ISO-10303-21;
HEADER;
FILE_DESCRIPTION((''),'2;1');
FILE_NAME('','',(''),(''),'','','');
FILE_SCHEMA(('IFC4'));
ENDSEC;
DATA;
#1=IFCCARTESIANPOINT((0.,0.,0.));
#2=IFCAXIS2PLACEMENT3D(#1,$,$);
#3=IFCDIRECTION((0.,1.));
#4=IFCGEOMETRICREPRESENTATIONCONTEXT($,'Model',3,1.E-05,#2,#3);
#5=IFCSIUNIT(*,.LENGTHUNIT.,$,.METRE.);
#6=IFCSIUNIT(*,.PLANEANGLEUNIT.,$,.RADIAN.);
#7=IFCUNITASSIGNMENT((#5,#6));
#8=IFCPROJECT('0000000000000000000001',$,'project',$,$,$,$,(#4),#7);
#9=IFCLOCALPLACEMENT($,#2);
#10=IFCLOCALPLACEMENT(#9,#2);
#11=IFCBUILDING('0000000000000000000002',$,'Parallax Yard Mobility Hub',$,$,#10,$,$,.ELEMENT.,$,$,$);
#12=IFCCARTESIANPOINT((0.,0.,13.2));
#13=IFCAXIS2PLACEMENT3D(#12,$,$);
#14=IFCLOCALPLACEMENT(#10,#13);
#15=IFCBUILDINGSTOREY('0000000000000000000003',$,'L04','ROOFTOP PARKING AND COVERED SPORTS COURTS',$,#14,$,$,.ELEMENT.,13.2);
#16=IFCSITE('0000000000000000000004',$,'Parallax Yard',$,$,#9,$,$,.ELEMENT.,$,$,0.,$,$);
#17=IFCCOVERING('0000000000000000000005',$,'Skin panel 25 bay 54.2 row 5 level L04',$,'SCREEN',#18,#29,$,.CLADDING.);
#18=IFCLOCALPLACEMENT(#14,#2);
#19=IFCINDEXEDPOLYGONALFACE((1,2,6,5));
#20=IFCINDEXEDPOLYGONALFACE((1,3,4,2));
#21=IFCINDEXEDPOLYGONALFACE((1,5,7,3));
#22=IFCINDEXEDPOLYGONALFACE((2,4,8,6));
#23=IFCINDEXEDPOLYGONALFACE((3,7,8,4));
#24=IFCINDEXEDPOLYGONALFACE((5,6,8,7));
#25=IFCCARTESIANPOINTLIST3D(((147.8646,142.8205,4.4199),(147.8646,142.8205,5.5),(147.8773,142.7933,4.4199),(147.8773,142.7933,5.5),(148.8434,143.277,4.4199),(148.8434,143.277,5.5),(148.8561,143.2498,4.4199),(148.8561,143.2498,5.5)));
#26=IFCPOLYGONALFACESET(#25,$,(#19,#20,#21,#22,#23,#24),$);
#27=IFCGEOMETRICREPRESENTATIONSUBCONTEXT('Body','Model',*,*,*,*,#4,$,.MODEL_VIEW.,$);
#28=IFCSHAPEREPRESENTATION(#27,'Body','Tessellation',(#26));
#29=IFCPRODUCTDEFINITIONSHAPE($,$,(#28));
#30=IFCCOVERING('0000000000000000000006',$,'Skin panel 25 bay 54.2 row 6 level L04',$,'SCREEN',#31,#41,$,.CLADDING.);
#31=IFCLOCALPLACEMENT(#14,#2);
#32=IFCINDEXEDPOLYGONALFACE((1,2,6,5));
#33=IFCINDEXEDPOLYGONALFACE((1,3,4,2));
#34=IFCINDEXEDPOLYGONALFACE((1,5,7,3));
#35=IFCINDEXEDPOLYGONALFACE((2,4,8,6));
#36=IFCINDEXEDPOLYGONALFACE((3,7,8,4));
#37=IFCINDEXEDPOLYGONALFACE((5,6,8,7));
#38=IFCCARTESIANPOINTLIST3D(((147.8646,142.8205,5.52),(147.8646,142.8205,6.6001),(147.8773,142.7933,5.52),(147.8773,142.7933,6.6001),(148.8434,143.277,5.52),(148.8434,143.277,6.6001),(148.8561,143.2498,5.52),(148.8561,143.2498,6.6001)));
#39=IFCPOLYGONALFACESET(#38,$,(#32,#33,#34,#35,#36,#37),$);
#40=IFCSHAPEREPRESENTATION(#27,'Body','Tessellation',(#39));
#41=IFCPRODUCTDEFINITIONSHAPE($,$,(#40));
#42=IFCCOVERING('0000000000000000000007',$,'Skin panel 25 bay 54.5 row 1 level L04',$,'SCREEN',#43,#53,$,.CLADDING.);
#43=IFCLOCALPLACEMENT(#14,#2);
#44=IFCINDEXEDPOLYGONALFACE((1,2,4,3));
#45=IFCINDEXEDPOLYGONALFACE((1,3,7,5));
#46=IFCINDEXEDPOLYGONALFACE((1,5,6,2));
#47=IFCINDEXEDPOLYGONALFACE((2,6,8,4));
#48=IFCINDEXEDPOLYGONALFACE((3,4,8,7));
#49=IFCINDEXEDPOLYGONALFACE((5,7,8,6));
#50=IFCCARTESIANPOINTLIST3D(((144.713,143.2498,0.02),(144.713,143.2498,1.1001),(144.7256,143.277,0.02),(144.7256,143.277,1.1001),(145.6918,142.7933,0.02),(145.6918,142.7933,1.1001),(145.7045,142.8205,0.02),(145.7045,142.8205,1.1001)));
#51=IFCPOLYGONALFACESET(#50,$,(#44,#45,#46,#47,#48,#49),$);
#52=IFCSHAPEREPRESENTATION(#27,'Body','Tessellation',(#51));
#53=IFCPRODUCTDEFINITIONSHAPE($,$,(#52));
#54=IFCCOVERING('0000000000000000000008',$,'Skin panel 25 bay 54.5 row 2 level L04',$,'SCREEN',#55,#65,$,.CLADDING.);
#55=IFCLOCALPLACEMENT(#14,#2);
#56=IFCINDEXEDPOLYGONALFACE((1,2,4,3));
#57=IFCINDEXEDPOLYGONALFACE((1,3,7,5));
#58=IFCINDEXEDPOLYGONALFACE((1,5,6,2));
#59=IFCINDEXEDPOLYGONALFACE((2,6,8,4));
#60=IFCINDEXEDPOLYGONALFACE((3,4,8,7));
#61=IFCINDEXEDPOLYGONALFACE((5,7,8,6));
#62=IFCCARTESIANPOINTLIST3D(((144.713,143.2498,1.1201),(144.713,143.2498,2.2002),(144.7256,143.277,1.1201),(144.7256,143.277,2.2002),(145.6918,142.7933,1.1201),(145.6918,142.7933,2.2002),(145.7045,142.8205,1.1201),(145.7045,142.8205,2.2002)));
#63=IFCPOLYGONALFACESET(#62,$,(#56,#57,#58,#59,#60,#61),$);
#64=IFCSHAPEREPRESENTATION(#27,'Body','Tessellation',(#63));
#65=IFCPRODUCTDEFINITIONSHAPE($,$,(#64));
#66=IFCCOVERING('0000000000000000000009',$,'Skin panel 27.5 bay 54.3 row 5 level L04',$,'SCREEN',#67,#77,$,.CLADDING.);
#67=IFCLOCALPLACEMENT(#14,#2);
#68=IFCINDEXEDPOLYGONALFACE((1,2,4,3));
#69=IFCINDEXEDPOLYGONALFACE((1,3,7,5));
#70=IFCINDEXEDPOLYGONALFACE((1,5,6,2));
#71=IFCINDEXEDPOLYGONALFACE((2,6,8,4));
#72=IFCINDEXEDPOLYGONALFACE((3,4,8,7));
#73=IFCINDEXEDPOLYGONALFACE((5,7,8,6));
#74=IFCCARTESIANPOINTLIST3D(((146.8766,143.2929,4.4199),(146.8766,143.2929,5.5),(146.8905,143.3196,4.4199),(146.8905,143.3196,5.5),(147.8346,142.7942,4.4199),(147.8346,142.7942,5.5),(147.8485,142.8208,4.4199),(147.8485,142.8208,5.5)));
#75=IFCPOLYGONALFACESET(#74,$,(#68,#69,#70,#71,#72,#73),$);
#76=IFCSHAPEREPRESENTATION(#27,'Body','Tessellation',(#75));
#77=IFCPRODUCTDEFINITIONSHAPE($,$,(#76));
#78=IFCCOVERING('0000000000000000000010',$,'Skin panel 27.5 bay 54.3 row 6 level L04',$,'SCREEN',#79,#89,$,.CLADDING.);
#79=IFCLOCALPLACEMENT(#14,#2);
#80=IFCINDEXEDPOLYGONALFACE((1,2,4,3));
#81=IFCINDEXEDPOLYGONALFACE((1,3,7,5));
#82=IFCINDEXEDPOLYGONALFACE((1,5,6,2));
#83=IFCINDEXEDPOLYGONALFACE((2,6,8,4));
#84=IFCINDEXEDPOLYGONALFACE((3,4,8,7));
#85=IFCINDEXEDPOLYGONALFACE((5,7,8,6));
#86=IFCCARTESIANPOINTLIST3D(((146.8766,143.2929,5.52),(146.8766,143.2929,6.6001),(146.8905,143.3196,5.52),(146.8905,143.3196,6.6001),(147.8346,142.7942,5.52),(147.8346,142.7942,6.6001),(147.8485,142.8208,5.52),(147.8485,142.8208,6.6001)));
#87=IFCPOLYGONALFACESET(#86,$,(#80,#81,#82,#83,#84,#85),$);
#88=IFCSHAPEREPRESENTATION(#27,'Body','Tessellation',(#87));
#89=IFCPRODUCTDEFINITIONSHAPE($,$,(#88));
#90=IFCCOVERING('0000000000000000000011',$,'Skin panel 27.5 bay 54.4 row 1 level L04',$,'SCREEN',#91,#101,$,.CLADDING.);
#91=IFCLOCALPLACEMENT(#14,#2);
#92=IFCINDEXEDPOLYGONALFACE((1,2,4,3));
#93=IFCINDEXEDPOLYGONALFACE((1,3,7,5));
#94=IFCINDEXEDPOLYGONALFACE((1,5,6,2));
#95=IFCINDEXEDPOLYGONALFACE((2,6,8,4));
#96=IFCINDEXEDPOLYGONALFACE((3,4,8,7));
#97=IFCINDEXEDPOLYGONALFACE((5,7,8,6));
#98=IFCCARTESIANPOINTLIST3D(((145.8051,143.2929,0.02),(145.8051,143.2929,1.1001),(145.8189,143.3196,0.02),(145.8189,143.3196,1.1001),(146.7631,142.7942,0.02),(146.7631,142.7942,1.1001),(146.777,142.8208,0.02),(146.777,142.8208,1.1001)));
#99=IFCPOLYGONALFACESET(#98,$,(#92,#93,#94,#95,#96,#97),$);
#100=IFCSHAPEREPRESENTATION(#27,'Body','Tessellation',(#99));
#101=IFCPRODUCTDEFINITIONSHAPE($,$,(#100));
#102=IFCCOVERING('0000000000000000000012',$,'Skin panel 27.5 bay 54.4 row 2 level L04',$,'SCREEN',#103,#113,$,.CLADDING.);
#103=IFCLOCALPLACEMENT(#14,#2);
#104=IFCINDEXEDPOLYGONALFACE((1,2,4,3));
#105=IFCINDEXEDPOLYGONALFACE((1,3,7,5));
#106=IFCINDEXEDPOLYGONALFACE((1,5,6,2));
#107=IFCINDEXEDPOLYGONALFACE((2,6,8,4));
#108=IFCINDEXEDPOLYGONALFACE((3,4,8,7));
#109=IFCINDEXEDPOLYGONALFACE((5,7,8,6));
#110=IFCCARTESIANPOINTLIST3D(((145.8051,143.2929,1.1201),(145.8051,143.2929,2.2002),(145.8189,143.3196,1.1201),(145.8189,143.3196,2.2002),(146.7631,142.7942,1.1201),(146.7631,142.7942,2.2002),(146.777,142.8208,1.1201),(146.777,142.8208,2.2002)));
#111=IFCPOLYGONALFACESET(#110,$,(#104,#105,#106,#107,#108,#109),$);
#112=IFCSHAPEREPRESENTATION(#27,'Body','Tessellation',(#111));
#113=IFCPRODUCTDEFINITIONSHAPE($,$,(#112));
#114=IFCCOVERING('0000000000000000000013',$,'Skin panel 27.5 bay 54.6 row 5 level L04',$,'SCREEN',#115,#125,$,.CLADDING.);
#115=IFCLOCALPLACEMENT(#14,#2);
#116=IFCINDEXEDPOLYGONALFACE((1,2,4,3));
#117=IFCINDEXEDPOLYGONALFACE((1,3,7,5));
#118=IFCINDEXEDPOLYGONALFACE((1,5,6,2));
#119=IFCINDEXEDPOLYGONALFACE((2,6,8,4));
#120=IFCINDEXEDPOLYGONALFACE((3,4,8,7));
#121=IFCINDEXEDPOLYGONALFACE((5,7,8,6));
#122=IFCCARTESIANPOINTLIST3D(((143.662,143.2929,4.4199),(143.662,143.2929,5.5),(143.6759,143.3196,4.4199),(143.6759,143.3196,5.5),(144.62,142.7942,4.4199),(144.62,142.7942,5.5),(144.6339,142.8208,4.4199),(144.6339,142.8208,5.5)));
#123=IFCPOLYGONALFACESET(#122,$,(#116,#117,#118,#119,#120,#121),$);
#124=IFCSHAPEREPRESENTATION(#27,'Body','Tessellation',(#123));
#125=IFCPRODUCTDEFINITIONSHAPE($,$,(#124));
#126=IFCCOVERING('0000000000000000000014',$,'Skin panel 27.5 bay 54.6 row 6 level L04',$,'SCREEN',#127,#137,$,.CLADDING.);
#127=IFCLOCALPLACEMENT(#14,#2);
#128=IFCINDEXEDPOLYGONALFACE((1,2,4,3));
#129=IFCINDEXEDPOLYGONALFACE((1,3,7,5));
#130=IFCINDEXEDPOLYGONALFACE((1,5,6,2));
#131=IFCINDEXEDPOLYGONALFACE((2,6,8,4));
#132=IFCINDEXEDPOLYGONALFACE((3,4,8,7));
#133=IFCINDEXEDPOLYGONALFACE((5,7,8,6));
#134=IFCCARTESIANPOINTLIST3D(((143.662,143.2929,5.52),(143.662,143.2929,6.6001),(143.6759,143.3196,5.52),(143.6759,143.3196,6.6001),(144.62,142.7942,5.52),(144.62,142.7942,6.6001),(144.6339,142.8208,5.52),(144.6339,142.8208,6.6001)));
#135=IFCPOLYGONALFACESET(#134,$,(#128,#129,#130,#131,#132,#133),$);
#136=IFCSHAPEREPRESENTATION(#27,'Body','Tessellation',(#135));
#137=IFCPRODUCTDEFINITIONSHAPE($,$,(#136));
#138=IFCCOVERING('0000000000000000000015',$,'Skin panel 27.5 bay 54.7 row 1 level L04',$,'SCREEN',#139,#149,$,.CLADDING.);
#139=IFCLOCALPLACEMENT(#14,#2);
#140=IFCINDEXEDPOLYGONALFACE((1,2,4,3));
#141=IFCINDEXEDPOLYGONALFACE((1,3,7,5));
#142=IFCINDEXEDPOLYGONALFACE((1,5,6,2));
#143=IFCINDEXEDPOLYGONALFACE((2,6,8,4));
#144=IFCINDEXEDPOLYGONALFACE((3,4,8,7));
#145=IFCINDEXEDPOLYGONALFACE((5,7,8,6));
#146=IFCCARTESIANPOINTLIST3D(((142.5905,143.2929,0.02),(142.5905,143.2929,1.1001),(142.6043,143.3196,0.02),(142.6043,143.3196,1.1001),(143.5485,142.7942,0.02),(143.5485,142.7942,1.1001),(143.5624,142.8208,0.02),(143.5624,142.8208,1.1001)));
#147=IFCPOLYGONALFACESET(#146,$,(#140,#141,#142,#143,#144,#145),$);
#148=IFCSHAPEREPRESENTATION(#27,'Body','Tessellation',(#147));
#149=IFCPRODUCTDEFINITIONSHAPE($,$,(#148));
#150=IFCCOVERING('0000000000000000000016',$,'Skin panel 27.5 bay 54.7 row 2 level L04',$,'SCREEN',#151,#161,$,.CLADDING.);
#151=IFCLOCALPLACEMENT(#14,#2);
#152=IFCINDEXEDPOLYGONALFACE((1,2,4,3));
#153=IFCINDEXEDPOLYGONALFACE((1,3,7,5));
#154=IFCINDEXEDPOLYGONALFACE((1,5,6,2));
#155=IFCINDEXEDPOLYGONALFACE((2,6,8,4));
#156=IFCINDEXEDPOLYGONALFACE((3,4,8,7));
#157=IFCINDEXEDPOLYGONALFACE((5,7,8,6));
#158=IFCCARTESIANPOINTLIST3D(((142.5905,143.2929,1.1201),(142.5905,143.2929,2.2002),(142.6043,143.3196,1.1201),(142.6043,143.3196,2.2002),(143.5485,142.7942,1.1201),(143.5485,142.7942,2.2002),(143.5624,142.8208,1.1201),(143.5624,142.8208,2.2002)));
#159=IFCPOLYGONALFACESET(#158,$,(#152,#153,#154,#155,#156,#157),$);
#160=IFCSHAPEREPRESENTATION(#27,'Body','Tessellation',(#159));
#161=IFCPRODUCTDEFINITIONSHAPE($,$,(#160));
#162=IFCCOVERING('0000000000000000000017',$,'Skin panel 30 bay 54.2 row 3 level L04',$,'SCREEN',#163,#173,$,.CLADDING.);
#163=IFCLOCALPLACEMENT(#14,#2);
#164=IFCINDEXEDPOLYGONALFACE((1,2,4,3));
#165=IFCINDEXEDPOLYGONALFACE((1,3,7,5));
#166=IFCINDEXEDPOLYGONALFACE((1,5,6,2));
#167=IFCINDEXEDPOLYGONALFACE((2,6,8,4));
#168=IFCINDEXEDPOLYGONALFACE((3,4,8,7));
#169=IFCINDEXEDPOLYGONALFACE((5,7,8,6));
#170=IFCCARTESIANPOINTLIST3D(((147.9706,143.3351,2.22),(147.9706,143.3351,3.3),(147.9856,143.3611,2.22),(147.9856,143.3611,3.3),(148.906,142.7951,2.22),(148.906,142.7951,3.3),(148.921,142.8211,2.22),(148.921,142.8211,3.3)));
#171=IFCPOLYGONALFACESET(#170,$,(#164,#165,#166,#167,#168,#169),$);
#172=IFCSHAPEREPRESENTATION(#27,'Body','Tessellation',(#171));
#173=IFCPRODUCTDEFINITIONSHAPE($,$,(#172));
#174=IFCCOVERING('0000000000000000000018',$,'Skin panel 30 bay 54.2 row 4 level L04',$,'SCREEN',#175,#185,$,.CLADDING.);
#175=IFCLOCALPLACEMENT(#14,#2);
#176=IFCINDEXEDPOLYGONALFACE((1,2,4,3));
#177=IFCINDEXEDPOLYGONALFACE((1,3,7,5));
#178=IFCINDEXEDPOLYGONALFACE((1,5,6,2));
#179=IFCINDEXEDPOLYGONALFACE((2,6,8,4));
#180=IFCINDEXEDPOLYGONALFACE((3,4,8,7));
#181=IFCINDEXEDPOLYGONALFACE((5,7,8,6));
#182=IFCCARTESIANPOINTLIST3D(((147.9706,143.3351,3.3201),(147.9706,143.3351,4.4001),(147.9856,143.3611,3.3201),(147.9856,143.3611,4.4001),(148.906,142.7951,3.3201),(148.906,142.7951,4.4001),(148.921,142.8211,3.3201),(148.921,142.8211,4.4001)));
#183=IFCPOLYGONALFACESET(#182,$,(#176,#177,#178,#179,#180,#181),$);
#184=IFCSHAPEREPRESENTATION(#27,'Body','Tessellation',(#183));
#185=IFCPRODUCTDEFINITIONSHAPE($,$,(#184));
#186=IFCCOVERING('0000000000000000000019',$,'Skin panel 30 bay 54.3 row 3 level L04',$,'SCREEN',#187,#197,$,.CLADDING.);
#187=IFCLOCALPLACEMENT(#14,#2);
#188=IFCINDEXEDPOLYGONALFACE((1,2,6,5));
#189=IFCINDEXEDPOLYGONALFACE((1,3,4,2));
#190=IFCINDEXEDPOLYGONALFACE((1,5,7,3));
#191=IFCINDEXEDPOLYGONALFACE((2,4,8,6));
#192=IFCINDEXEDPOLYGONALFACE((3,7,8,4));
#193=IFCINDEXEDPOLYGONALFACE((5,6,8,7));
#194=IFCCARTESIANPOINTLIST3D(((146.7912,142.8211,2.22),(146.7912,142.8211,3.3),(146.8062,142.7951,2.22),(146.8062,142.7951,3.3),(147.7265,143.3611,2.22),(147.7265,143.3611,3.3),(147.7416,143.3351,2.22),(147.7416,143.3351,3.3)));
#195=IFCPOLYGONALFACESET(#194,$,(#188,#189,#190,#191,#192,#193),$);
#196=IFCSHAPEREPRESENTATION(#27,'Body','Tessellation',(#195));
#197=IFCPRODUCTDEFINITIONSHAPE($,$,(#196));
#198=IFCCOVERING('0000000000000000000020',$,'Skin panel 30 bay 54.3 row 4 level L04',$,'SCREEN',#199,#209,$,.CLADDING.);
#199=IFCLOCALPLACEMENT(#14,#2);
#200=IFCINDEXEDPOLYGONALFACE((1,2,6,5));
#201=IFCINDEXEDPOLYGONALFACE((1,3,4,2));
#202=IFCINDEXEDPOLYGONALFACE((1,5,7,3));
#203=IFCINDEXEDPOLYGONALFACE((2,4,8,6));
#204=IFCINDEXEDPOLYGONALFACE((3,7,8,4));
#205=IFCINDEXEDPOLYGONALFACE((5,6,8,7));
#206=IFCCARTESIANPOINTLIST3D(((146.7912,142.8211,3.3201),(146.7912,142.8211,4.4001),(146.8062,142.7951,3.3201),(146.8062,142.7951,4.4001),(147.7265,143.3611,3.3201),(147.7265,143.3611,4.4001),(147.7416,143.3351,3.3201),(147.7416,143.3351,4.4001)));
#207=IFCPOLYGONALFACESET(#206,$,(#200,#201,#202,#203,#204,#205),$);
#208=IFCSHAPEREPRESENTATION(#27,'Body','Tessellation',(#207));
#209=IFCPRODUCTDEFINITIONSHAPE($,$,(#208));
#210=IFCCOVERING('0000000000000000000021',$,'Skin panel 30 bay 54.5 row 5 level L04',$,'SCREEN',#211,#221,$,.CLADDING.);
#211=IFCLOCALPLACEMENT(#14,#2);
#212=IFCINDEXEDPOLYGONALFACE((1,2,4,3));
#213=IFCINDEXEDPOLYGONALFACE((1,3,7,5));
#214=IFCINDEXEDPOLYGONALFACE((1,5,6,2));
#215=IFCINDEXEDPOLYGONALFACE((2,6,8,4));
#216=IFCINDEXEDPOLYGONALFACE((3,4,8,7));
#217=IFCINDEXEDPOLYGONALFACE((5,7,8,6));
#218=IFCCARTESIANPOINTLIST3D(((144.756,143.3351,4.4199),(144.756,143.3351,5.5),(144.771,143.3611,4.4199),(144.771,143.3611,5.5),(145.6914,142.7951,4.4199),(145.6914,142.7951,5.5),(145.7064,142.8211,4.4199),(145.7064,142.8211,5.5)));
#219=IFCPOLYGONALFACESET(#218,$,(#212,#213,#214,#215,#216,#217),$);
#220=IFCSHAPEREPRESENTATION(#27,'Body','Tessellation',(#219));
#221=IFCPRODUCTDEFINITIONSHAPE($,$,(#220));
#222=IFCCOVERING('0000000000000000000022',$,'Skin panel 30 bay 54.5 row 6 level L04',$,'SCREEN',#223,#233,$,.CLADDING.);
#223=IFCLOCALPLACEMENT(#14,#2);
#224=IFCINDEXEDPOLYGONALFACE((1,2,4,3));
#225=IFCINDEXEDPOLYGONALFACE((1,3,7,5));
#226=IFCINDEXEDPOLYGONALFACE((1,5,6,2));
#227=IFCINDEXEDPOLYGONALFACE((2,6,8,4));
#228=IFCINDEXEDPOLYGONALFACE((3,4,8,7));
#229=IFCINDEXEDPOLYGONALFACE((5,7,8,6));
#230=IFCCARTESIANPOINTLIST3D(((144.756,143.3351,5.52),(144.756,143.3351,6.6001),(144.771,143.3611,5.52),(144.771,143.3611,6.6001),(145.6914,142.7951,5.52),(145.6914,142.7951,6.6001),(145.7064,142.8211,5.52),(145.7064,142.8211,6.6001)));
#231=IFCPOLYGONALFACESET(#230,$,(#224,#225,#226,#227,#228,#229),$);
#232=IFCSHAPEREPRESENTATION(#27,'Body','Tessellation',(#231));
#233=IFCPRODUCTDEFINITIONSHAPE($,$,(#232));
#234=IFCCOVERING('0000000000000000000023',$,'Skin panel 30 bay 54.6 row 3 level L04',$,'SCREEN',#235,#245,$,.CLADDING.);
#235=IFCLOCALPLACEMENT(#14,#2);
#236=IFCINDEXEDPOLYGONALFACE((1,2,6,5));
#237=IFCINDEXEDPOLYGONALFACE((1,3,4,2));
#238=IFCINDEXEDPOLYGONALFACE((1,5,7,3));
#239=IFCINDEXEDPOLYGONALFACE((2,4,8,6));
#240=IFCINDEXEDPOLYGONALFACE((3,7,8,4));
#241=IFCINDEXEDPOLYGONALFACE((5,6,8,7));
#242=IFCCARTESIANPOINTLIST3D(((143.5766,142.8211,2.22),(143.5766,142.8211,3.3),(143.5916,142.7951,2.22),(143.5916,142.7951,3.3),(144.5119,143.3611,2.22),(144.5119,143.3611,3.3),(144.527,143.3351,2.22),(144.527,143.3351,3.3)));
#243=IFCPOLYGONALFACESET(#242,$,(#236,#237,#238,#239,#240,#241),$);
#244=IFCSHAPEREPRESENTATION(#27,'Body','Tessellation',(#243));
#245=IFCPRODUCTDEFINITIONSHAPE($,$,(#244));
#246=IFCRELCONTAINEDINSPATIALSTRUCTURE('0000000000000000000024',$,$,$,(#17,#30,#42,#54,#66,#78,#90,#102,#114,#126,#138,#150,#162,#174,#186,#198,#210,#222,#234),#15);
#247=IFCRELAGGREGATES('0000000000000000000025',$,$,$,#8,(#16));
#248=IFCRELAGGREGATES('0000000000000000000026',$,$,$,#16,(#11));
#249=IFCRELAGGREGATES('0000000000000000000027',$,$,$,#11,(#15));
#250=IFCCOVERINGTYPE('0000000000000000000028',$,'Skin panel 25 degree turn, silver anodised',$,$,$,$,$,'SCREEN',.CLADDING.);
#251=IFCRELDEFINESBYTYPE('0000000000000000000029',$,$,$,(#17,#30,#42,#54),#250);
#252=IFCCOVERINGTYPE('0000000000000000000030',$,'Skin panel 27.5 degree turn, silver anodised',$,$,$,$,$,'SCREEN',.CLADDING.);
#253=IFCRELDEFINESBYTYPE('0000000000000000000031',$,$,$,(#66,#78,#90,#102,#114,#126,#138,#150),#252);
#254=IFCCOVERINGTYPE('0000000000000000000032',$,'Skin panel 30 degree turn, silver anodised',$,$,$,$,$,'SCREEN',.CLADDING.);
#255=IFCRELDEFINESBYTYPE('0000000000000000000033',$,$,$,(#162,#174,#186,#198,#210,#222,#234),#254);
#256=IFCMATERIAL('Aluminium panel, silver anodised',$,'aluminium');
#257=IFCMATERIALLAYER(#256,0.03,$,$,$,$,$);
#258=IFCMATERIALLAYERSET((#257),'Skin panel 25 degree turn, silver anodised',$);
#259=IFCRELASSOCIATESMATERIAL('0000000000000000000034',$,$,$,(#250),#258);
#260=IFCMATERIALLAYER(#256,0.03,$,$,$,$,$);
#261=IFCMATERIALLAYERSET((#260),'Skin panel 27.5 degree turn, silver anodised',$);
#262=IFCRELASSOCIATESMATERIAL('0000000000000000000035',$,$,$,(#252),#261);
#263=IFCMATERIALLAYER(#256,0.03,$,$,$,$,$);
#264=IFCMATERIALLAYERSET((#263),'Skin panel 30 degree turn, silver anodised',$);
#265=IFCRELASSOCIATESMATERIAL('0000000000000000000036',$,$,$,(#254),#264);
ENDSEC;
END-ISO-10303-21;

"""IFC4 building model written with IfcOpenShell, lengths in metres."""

from ifc_helpers import new_model, si_unit, direction, frame, origin, origin_2d, place, context, subcontext, project, spatial, rectangle, extrude, material, layer, layer_set, type_object, element, save


model = new_model("IFC4")

# Units and contexts
model_context = context("Model", 3, precision=1e-05, world=origin(), true_north=direction((0.0, 1.0)))
body_context = subcontext(model_context, "Body", "Model", "MODEL_VIEW")
ifc_project = project(units=[si_unit("LENGTHUNIT", "METRE"), si_unit("PLANEANGLEUNIT", "RADIAN")], contexts=[model_context])

# Site, building, storey
site_placement = place(None, origin())
site = spatial("IfcSite", under=ifc_project, at=site_placement, Name="Parallax Yard", CompositionType="ELEMENT", RefElevation=0.0)
building_placement = place(site_placement, origin())
building = spatial("IfcBuilding", under=site, at=building_placement, Name="Parallax Yard Mobility Hub", CompositionType="ELEMENT")
storey_placement = place(building_placement, frame((0.0, 0.0, 13.2)))
storey = spatial("IfcBuildingStorey", under=building, at=storey_placement, Name="L04", Description="ROOFTOP PARKING AND COVERED SPORTS COURTS", CompositionType="ELEMENT", Elevation=13.2)

# Coverings
ifc_material = material(Name="Aluminium panel, silver anodised", Category="aluminium")
ifc_layer_1 = layer(ifc_material, 0.03)
ifc_layer_set_1 = layer_set([ifc_layer_1], Name="Skin panel 25 degree turn, silver anodised")
covering_type_1 = type_object("IfcCoveringType", Name="Skin panel 25 degree turn, silver anodised", ElementType="SCREEN", PredefinedType="CLADDING", material=ifc_layer_set_1)
for number, where, z_axis, x_axis, name in (
    (1, (148.3604, 143.0352, 4.4199), (0.0, 0.0, 1.0), (0.906308, 0.422618, 0.0), "Skin panel 25 bay 54.2 row 5 level L04"),
    (2, (148.3604, 143.0352, 5.52), (0.0, 0.0, 1.0), (0.906308, 0.422618, 0.0), "Skin panel 25 bay 54.2 row 6 level L04"),
    (3, (145.2087, 143.0352, 0.02), (0.0, 0.0, 1.0), (-0.906308, 0.422618, 0.0), "Skin panel 25 bay 54.5 row 1 level L04"),
    (4, (145.2087, 143.0352, 1.1201), (0.0, 0.0, 1.0), (-0.906308, 0.422618, 0.0), "Skin panel 25 bay 54.5 row 2 level L04"),
):
    element("IfcCovering", number, at=place(storey_placement, frame(where, z_axis=z_axis, x_axis=x_axis)), inside=storey, type_object=covering_type_1, Name=name, ObjectType="SCREEN", PredefinedType="CLADDING", context=body_context, shape_type="SweptSolid", body=[
        extrude(rectangle(XDim=1.0801, YDim=0.03, at=origin_2d()), origin(), (0.0, 0.0, 1.0), 1.0801),
    ])
ifc_layer_2 = layer(ifc_material, 0.03)
ifc_layer_set_2 = layer_set([ifc_layer_2], Name="Skin panel 27.5 degree turn, silver anodised")
covering_type_2 = type_object("IfcCoveringType", Name="Skin panel 27.5 degree turn, silver anodised", ElementType="SCREEN", PredefinedType="CLADDING", material=ifc_layer_set_2)
for number, where, z_axis, x_axis, name in (
    (5, (147.3625, 143.0569, 4.4199), (0.0, 0.0, 1.0), (-0.887011, 0.461749, 0.0), "Skin panel 27.5 bay 54.3 row 5 level L04"),
    (6, (147.3625, 143.0569, 5.52), (0.0, 0.0, 1.0), (-0.887011, 0.461749, 0.0), "Skin panel 27.5 bay 54.3 row 6 level L04"),
    (7, (146.291, 143.0569, 0.02), (0.0, 0.0, 1.0), (-0.887011, 0.461749, 0.0), "Skin panel 27.5 bay 54.4 row 1 level L04"),
    (8, (146.291, 143.0569, 1.1201), (0.0, 0.0, 1.0), (-0.887011, 0.461749, 0.0), "Skin panel 27.5 bay 54.4 row 2 level L04"),
    (9, (144.1479, 143.0569, 4.4199), (0.0, 0.0, 1.0), (-0.887011, 0.461749, 0.0), "Skin panel 27.5 bay 54.6 row 5 level L04"),
    (10, (144.1479, 143.0569, 5.52), (0.0, 0.0, 1.0), (-0.887011, 0.461749, 0.0), "Skin panel 27.5 bay 54.6 row 6 level L04"),
    (11, (143.0764, 143.0569, 0.02), (0.0, 0.0, 1.0), (-0.887011, 0.461749, 0.0), "Skin panel 27.5 bay 54.7 row 1 level L04"),
    (12, (143.0764, 143.0569, 1.1201), (0.0, 0.0, 1.0), (-0.887011, 0.461749, 0.0), "Skin panel 27.5 bay 54.7 row 2 level L04"),
):
    element("IfcCovering", number, at=place(storey_placement, frame(where, z_axis=z_axis, x_axis=x_axis)), inside=storey, type_object=covering_type_2, Name=name, ObjectType="SCREEN", PredefinedType="CLADDING", context=body_context, shape_type="SweptSolid", body=[
        extrude(rectangle(XDim=1.0801, YDim=0.03, at=origin_2d()), origin(), (0.0, 0.0, 1.0), 1.0801),
    ])
ifc_layer_3 = layer(ifc_material, 0.03)
ifc_layer_set_3 = layer_set([ifc_layer_3], Name="Skin panel 30 degree turn, silver anodised")
covering_type_3 = type_object("IfcCoveringType", Name="Skin panel 30 degree turn, silver anodised", ElementType="SCREEN", PredefinedType="CLADDING", material=ifc_layer_set_3)
for number, where, z_axis, x_axis, name in (
    (13, (148.4458, 143.0781, 2.22), (0.0, 0.0, 1.0), (-0.866025, 0.5, 0.0), "Skin panel 30 bay 54.2 row 3 level L04"),
    (14, (148.4458, 143.0781, 3.3201), (0.0, 0.0, 1.0), (-0.866025, 0.5, 0.0), "Skin panel 30 bay 54.2 row 4 level L04"),
    (15, (147.2664, 143.0781, 2.22), (0.0, 0.0, 1.0), (0.866025, 0.5, 0.0), "Skin panel 30 bay 54.3 row 3 level L04"),
    (16, (147.2664, 143.0781, 3.3201), (0.0, 0.0, 1.0), (0.866025, 0.5, 0.0), "Skin panel 30 bay 54.3 row 4 level L04"),
    (17, (145.2312, 143.0781, 4.4199), (0.0, 0.0, 1.0), (-0.866025, 0.5, 0.0), "Skin panel 30 bay 54.5 row 5 level L04"),
    (18, (145.2312, 143.0781, 5.52), (0.0, 0.0, 1.0), (-0.866025, 0.5, 0.0), "Skin panel 30 bay 54.5 row 6 level L04"),
    (19, (144.0518, 143.0781, 2.22), (0.0, 0.0, 1.0), (0.866025, 0.5, 0.0), "Skin panel 30 bay 54.6 row 3 level L04"),
):
    element("IfcCovering", number, at=place(storey_placement, frame(where, z_axis=z_axis, x_axis=x_axis)), inside=storey, type_object=covering_type_3, Name=name, ObjectType="SCREEN", PredefinedType="CLADDING", context=body_context, shape_type="SweptSolid", body=[
        extrude(rectangle(XDim=1.0801, YDim=0.03, at=origin_2d()), origin(), (0.0, 0.0, 1.0), 1.0801),
    ])

save(model, "model.ifc")
